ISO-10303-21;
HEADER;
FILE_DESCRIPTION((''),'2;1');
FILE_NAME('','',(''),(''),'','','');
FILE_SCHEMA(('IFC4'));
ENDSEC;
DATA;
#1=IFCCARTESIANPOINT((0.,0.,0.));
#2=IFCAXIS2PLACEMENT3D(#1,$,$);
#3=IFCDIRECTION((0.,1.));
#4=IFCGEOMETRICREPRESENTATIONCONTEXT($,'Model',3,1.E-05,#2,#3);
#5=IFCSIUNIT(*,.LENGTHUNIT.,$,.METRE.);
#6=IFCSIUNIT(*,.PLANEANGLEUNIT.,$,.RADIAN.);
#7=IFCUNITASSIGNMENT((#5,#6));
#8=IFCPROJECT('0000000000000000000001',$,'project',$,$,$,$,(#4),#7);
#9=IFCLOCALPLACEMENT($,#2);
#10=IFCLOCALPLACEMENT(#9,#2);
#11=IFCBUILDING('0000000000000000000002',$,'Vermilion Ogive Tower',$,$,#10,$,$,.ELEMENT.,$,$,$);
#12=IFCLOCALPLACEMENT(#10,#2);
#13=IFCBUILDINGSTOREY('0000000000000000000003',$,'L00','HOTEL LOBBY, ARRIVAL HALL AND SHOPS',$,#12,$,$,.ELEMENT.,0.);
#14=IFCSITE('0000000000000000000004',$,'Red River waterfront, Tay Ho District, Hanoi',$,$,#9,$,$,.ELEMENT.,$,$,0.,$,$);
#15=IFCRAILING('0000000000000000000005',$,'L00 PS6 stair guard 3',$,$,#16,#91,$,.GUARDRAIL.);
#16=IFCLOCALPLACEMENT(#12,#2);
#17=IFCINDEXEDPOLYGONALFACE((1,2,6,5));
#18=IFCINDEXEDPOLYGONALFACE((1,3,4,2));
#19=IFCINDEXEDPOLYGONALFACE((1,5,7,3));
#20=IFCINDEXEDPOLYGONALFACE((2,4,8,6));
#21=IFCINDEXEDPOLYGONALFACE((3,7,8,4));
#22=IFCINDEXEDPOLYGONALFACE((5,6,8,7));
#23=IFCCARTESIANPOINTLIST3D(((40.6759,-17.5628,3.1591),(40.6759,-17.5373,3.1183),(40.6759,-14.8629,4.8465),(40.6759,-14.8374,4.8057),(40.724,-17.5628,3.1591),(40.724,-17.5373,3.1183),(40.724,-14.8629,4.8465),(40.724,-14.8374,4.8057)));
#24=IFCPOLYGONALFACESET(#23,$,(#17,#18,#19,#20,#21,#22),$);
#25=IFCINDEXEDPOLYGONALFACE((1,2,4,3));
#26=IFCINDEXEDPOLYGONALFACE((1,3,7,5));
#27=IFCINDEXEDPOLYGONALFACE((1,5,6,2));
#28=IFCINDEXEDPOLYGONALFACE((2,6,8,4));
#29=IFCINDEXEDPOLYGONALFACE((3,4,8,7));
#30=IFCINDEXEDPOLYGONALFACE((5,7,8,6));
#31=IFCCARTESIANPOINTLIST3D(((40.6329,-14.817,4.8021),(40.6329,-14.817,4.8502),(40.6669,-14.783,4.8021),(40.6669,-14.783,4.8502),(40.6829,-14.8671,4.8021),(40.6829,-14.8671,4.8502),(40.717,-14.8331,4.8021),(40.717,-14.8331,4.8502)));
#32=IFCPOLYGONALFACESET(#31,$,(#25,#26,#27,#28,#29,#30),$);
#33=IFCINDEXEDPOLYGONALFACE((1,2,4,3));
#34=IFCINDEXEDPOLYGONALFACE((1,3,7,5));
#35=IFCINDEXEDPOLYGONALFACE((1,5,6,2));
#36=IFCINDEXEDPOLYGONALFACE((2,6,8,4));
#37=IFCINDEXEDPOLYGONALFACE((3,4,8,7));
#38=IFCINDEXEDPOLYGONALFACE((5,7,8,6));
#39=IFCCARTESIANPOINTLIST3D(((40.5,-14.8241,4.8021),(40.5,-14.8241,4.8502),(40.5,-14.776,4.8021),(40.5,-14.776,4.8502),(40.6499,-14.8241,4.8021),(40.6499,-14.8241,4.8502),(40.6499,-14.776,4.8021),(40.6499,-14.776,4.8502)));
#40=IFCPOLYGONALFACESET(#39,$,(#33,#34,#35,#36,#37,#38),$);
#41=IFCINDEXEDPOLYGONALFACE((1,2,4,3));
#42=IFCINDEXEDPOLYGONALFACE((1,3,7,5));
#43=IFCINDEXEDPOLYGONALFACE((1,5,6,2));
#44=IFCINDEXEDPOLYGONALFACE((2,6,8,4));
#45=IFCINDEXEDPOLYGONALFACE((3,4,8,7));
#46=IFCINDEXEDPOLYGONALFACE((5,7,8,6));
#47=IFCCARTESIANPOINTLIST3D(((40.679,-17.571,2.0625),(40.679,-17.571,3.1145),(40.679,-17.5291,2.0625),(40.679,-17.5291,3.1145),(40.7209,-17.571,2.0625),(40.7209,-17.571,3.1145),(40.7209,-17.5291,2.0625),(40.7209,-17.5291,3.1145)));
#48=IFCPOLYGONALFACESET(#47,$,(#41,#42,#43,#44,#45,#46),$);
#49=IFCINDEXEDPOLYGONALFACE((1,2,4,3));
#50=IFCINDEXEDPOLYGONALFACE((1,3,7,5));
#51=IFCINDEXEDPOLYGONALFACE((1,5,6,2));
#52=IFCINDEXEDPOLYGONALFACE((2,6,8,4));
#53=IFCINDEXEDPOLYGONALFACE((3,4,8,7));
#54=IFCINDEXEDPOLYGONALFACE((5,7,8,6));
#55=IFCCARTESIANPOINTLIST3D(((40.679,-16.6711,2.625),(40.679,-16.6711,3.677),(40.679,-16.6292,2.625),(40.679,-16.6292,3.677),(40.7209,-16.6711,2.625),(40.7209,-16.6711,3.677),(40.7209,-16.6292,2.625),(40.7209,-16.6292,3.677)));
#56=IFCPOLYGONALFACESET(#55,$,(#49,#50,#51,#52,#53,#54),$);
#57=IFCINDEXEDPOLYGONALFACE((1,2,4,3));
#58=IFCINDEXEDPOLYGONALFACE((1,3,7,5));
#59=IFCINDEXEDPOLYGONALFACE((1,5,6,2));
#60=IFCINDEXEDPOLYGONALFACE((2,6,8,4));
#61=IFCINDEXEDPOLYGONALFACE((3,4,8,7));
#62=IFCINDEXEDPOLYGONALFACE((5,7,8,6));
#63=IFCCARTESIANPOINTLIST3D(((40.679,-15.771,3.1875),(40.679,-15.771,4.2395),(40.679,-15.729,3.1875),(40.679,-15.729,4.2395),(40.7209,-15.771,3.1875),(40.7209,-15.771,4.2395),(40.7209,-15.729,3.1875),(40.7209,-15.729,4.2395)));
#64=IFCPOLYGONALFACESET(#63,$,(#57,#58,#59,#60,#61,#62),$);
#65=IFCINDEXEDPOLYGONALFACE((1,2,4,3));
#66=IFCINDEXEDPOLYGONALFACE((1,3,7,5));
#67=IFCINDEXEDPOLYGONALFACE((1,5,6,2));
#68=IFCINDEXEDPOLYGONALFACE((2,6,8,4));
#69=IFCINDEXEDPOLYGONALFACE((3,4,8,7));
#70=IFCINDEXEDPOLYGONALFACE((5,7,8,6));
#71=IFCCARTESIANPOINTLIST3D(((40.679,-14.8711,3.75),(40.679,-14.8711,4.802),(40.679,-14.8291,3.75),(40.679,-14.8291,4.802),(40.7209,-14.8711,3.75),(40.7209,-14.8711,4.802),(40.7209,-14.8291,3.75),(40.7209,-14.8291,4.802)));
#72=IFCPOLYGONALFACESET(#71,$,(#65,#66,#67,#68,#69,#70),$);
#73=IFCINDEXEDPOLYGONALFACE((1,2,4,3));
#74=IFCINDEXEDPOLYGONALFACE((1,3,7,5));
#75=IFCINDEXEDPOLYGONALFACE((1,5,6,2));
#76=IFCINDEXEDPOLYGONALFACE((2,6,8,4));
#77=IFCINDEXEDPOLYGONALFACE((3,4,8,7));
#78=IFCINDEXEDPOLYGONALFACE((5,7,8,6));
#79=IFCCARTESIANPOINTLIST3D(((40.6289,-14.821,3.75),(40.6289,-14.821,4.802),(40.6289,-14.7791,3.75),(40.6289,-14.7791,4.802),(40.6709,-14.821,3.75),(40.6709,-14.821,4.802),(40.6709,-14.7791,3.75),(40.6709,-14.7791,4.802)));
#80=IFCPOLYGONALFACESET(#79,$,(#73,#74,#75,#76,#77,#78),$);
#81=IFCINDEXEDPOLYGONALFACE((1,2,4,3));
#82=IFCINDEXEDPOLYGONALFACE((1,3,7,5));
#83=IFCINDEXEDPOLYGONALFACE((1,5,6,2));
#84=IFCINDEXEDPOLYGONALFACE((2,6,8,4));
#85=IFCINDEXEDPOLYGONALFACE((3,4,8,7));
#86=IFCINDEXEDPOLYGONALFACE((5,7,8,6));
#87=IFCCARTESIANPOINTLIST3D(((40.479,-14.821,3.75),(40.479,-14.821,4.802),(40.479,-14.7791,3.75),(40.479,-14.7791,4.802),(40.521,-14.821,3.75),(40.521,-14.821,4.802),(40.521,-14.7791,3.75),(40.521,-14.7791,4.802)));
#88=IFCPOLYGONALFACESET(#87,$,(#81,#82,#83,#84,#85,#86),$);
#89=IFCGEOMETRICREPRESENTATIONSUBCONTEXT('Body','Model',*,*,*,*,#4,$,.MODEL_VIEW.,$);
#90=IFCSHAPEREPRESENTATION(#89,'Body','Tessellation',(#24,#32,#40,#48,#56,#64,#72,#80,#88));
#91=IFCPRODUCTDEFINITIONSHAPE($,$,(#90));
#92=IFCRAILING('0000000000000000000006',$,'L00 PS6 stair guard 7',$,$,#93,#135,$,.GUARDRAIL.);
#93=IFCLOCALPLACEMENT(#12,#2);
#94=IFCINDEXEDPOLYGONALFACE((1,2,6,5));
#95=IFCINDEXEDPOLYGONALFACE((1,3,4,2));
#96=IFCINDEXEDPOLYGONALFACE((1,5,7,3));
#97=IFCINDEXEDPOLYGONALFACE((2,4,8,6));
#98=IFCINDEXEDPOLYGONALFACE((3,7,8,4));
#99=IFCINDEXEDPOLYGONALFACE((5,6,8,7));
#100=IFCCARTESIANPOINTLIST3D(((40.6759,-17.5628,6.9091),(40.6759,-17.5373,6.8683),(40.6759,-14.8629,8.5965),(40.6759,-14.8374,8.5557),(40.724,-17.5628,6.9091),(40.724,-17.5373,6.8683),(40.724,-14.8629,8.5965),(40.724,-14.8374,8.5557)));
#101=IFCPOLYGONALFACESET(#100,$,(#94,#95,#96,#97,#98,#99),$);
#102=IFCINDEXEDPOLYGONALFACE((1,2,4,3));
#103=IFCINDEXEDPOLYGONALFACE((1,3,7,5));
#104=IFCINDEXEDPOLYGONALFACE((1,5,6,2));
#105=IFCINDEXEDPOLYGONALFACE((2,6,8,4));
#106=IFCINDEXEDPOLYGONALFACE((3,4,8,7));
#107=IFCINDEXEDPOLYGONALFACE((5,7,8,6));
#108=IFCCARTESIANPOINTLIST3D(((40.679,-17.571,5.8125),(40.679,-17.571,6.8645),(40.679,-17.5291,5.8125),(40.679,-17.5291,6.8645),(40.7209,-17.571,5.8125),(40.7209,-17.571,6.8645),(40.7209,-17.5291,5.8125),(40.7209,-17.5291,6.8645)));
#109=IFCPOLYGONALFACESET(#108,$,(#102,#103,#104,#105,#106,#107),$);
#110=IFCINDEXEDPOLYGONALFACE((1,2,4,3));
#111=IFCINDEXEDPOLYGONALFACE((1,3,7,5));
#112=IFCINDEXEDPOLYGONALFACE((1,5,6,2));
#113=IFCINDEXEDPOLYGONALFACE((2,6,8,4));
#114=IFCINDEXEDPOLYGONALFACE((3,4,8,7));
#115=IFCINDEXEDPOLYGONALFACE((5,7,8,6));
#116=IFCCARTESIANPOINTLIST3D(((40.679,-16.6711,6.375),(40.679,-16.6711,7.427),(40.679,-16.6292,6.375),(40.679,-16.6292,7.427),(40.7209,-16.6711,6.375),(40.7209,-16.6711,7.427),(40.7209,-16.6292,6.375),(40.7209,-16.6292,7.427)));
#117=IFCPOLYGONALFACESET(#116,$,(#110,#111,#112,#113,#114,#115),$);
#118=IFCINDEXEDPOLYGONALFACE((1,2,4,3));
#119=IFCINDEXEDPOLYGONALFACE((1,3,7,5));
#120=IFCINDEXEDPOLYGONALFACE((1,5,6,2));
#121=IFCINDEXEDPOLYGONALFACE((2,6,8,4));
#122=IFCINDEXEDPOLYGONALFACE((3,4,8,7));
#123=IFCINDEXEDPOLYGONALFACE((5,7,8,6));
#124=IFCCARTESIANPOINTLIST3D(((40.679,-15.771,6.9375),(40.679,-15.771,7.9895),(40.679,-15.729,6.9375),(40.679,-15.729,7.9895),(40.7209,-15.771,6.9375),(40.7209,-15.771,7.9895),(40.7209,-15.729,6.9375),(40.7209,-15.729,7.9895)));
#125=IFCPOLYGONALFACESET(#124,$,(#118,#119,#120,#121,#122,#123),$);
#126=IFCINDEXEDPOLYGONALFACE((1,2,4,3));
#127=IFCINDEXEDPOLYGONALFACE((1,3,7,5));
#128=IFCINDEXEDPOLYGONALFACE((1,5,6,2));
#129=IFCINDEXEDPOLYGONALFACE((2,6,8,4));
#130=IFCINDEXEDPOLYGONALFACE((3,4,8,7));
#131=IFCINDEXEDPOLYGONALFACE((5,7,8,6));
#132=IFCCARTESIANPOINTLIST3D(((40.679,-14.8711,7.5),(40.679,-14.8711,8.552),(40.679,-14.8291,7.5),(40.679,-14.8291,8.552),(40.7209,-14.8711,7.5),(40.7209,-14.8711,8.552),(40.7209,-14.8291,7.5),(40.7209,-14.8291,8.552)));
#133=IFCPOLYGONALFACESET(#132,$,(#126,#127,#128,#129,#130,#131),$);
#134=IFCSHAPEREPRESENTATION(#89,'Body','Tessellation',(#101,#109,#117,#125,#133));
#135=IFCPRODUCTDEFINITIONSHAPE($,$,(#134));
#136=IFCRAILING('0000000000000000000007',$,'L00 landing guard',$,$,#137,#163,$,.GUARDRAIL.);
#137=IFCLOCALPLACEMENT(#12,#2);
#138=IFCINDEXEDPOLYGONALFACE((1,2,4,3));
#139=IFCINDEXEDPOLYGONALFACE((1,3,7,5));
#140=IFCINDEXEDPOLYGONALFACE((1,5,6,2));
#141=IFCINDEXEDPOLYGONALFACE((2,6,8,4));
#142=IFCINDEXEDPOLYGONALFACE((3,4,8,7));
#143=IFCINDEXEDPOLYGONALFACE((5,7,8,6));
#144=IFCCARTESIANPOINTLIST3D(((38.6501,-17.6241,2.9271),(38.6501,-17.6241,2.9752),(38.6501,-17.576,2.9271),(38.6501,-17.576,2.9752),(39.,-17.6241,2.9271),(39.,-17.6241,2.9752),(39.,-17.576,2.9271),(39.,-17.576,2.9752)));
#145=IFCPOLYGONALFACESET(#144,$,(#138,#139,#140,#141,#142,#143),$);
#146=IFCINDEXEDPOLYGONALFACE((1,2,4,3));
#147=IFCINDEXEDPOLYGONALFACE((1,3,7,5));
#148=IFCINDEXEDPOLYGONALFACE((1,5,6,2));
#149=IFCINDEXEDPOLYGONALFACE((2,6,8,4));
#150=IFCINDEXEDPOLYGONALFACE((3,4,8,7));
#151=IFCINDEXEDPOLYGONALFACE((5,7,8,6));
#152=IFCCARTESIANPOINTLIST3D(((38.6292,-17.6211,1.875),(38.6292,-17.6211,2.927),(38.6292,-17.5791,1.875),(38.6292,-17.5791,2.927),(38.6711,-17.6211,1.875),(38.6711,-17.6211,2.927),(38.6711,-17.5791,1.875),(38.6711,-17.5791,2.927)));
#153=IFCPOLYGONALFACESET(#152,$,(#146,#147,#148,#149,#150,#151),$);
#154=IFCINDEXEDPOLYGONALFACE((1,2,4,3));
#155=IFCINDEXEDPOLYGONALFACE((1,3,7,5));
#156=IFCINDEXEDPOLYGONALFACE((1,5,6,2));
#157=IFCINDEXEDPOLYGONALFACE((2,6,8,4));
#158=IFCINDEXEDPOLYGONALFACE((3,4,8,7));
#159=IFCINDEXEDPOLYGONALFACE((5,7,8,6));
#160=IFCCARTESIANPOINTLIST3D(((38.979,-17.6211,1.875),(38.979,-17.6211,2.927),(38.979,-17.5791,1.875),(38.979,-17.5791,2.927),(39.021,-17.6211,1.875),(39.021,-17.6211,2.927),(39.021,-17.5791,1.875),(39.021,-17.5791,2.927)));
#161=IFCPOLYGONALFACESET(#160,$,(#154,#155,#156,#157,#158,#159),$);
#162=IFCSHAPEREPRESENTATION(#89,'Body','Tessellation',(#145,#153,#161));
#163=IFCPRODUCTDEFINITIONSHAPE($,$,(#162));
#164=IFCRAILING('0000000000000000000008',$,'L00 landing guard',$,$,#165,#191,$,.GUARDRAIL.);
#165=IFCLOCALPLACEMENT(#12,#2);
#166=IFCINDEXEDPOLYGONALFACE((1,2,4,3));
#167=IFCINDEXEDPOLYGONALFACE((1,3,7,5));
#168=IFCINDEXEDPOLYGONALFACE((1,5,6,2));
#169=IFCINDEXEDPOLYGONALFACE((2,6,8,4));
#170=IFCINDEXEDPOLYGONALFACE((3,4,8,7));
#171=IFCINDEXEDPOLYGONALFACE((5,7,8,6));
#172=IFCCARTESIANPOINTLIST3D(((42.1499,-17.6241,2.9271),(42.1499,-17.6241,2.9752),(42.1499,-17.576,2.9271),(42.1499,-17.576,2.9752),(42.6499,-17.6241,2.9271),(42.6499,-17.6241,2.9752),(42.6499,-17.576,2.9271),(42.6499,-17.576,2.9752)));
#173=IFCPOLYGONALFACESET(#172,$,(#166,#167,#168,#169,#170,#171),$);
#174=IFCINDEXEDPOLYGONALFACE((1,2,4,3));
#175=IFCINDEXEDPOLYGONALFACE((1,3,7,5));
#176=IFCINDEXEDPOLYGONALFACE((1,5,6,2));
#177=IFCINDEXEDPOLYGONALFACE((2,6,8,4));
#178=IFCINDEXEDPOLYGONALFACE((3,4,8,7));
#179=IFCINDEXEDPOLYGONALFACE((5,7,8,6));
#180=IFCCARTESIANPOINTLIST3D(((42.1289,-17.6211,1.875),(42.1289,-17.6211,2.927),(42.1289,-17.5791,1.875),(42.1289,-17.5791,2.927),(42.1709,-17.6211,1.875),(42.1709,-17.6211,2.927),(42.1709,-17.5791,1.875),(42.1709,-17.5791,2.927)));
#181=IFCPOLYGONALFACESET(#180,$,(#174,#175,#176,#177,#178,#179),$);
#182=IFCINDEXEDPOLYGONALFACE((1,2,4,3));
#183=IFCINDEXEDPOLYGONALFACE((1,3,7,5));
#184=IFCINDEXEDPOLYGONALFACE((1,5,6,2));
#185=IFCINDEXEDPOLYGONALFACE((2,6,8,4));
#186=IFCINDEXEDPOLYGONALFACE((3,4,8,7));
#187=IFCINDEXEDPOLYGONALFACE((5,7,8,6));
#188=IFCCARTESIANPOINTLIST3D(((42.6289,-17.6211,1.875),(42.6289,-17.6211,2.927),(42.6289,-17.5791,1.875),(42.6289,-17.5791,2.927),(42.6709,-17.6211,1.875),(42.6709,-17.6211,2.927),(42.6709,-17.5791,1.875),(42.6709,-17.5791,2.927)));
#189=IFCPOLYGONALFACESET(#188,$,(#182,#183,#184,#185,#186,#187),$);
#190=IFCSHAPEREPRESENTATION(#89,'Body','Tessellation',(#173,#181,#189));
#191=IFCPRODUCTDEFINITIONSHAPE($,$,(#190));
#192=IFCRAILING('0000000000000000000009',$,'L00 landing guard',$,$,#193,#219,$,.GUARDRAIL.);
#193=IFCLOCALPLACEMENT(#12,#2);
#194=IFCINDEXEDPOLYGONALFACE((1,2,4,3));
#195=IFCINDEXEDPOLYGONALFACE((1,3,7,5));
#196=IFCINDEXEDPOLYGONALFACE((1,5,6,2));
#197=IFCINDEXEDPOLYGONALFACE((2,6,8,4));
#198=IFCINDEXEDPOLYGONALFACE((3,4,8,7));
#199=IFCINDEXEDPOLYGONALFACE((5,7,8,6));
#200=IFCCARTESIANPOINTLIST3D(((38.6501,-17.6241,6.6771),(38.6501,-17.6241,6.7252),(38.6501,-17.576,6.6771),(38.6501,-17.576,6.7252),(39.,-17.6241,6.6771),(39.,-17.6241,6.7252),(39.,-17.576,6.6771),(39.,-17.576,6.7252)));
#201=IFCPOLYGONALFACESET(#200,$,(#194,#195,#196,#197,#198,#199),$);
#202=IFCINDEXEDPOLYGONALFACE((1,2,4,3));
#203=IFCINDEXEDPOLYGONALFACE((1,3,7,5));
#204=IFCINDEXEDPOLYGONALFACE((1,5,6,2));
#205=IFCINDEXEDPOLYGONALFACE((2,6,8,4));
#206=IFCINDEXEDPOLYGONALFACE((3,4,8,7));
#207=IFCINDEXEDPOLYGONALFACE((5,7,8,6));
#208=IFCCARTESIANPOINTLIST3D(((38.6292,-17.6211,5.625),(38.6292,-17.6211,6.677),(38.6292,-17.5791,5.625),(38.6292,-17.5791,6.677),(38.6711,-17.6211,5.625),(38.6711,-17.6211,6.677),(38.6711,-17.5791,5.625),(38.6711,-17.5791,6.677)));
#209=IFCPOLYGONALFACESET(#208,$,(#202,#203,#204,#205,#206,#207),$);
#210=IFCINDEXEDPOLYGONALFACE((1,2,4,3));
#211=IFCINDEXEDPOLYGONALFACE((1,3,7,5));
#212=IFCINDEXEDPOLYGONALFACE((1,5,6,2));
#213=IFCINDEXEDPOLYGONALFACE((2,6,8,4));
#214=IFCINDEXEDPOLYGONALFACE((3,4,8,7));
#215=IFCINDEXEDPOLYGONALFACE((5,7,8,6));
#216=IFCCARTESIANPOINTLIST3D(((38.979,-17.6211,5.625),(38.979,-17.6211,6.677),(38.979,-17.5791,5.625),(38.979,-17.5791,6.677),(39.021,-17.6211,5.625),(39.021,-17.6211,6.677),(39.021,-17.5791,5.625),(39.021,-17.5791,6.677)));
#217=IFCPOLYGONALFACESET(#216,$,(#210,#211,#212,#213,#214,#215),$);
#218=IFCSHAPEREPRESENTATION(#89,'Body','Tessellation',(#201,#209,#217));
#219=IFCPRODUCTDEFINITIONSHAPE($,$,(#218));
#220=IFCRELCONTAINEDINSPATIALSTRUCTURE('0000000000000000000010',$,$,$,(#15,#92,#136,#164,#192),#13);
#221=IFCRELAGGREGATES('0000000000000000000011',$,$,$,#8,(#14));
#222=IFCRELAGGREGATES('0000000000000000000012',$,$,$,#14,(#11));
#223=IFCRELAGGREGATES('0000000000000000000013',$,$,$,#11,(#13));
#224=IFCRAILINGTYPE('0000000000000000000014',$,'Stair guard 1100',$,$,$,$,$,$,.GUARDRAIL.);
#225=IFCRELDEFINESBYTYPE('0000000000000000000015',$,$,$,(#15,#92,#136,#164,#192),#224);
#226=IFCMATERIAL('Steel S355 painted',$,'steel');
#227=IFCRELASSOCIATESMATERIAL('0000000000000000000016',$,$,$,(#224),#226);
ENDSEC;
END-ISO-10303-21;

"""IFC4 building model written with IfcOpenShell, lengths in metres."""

from ifc_helpers import new_model, si_unit, direction, frame, origin, origin_2d, place, context, subcontext, project, spatial, rectangle, extrude, material, type_object, element, save


model = new_model("IFC4")

# Units and contexts
model_context = context("Model", 3, precision=1e-05, world=origin(), true_north=direction((0.0, 1.0)))
body_context = subcontext(model_context, "Body", "Model", "MODEL_VIEW")
ifc_project = project(units=[si_unit("LENGTHUNIT", "METRE"), si_unit("PLANEANGLEUNIT", "RADIAN")], contexts=[model_context])

# Site, building, storey
site_placement = place(None, origin())
site = spatial("IfcSite", under=ifc_project, at=site_placement, Name="Red River waterfront, Tay Ho District, Hanoi", CompositionType="ELEMENT", RefElevation=0.0)
building_placement = place(site_placement, origin())
building = spatial("IfcBuilding", under=site, at=building_placement, Name="Vermilion Ogive Tower", CompositionType="ELEMENT")
storey_placement = place(building_placement, origin())
storey = spatial("IfcBuildingStorey", under=building, at=storey_placement, Name="L00", Description="HOTEL LOBBY, ARRIVAL HALL AND SHOPS", CompositionType="ELEMENT", Elevation=0.0)

# Railings
ifc_material_1 = material(Name="Steel S355 painted", Category="steel")
railing_type_1 = type_object("IfcRailingType", Name="Stair guard 1100", PredefinedType="GUARDRAIL", material=ifc_material_1)
railing_1_placement = place(storey_placement, frame((40.7, -17.55, 2.0625)))
element("IfcRailing", 1, at=railing_1_placement, inside=storey, type_object=railing_type_1, Name="L00 PS6 stair guard 3", PredefinedType="GUARDRAIL", context=body_context, shape_type="SweptSolid", body=[
    extrude(rectangle(XDim=0.0481, YDim=0.0481, at=origin_2d()), frame((0.0, 0.0, 1.0762), z_axis=(0.0, 0.847994, 0.530006), x_axis=(-1.0, 0.0, 0.0)), (0.0, 0.0, 1.0), 3.1838),
    extrude(rectangle(XDim=0.0481, YDim=0.0481, at=origin_2d()), frame((0.0, 2.7, 2.7637), z_axis=(-0.707107, 0.707107, 0.0), x_axis=(-0.707107, -0.707107, 0.0)), (0.0, 0.0, 1.0), 0.0708),
    extrude(rectangle(XDim=0.0481, YDim=0.0481, at=origin_2d()), frame((-0.05, 2.75, 2.7637), z_axis=(-1.0, 0.0, 0.0), x_axis=(0.0, -1.0, 0.0)), (0.0, 0.0, 1.0), 0.1499),
    extrude(rectangle(XDim=0.042, YDim=0.042, at=origin_2d()), origin(), (0.0, 0.0, 1.0), 1.052),
    extrude(rectangle(XDim=0.042, YDim=0.042, at=origin_2d()), frame((0.0, 0.8999, 0.5625)), (0.0, 0.0, 1.0), 1.052),
    extrude(rectangle(XDim=0.042, YDim=0.042, at=origin_2d()), frame((0.0, 1.8, 1.125)), (0.0, 0.0, 1.0), 1.052),
    extrude(rectangle(XDim=0.042, YDim=0.042, at=origin_2d()), frame((0.0, 2.7, 1.6875)), (0.0, 0.0, 1.0), 1.052),
    extrude(rectangle(XDim=0.042, YDim=0.042, at=origin_2d()), frame((-0.05, 2.75, 1.6875)), (0.0, 0.0, 1.0), 1.052),
    extrude(rectangle(XDim=0.042, YDim=0.042, at=origin_2d()), frame((-0.2, 2.75, 1.6875)), (0.0, 0.0, 1.0), 1.052),
])
railing_2_placement = place(storey_placement, frame((40.7, -17.55, 5.8125)))
element("IfcRailing", 2, at=railing_2_placement, inside=storey, type_object=railing_type_1, Name="L00 PS6 stair guard 7", PredefinedType="GUARDRAIL", context=body_context, shape_type="SweptSolid", body=[
    extrude(rectangle(XDim=0.0481, YDim=0.0481, at=origin_2d()), frame((0.0, 0.0, 1.0762), z_axis=(0.0, 0.847994, 0.530006), x_axis=(-1.0, 0.0, 0.0)), (0.0, 0.0, 1.0), 3.1838),
    extrude(rectangle(XDim=0.042, YDim=0.042, at=origin_2d()), origin(), (0.0, 0.0, 1.0), 1.052),
    extrude(rectangle(XDim=0.042, YDim=0.042, at=origin_2d()), frame((0.0, 0.8999, 0.5625)), (0.0, 0.0, 1.0), 1.052),
    extrude(rectangle(XDim=0.042, YDim=0.042, at=origin_2d()), frame((0.0, 1.8, 1.125)), (0.0, 0.0, 1.0), 1.052),
    extrude(rectangle(XDim=0.042, YDim=0.042, at=origin_2d()), frame((0.0, 2.7, 1.6875)), (0.0, 0.0, 1.0), 1.052),
])
railing_3_placement = place(storey_placement, frame((38.6501, -17.6001, 1.875)))
element("IfcRailing", 3, at=railing_3_placement, inside=storey, type_object=railing_type_1, Name="L00 landing guard", PredefinedType="GUARDRAIL", context=body_context, shape_type="SweptSolid", body=[
    extrude(rectangle(XDim=0.0481, YDim=0.0481, at=origin_2d()), frame((0.0, 0.0, 1.0762), z_axis=(1.0, 0.0, 0.0), x_axis=(0.0, 1.0, 0.0)), (0.0, 0.0, 1.0), 0.3499),
    extrude(rectangle(XDim=0.042, YDim=0.042, at=origin_2d()), origin(), (0.0, 0.0, 1.0), 1.052),
    extrude(rectangle(XDim=0.042, YDim=0.042, at=origin_2d()), frame((0.3499, 0.0, 0.0)), (0.0, 0.0, 1.0), 1.052),
])
railing_4_placement = place(storey_placement, frame((42.1499, -17.6001, 1.875)))
element("IfcRailing", 4, at=railing_4_placement, inside=storey, type_object=railing_type_1, Name="L00 landing guard", PredefinedType="GUARDRAIL", context=body_context, shape_type="SweptSolid", body=[
    extrude(rectangle(XDim=0.0481, YDim=0.0481, at=origin_2d()), frame((0.0, 0.0, 1.0762), z_axis=(1.0, 0.0, 0.0), x_axis=(0.0, 1.0, 0.0)), (0.0, 0.0, 1.0), 0.5),
    extrude(rectangle(XDim=0.042, YDim=0.042, at=origin_2d()), origin(), (0.0, 0.0, 1.0), 1.052),
    extrude(rectangle(XDim=0.042, YDim=0.042, at=origin_2d()), frame((0.5, 0.0, 0.0)), (0.0, 0.0, 1.0), 1.052),
])
railing_5_placement = place(storey_placement, frame((38.6501, -17.6001, 5.625)))
element("IfcRailing", 5, at=railing_5_placement, inside=storey, type_object=railing_type_1, Name="L00 landing guard", PredefinedType="GUARDRAIL", context=body_context, shape_type="SweptSolid", body=[
    extrude(rectangle(XDim=0.0481, YDim=0.0481, at=origin_2d()), frame((0.0, 0.0, 1.0762), z_axis=(1.0, 0.0, 0.0), x_axis=(0.0, 1.0, 0.0)), (0.0, 0.0, 1.0), 0.3499),
    extrude(rectangle(XDim=0.042, YDim=0.042, at=origin_2d()), origin(), (0.0, 0.0, 1.0), 1.052),
    extrude(rectangle(XDim=0.042, YDim=0.042, at=origin_2d()), frame((0.3499, 0.0, 0.0)), (0.0, 0.0, 1.0), 1.052),
])

save(model, "model.ifc")
